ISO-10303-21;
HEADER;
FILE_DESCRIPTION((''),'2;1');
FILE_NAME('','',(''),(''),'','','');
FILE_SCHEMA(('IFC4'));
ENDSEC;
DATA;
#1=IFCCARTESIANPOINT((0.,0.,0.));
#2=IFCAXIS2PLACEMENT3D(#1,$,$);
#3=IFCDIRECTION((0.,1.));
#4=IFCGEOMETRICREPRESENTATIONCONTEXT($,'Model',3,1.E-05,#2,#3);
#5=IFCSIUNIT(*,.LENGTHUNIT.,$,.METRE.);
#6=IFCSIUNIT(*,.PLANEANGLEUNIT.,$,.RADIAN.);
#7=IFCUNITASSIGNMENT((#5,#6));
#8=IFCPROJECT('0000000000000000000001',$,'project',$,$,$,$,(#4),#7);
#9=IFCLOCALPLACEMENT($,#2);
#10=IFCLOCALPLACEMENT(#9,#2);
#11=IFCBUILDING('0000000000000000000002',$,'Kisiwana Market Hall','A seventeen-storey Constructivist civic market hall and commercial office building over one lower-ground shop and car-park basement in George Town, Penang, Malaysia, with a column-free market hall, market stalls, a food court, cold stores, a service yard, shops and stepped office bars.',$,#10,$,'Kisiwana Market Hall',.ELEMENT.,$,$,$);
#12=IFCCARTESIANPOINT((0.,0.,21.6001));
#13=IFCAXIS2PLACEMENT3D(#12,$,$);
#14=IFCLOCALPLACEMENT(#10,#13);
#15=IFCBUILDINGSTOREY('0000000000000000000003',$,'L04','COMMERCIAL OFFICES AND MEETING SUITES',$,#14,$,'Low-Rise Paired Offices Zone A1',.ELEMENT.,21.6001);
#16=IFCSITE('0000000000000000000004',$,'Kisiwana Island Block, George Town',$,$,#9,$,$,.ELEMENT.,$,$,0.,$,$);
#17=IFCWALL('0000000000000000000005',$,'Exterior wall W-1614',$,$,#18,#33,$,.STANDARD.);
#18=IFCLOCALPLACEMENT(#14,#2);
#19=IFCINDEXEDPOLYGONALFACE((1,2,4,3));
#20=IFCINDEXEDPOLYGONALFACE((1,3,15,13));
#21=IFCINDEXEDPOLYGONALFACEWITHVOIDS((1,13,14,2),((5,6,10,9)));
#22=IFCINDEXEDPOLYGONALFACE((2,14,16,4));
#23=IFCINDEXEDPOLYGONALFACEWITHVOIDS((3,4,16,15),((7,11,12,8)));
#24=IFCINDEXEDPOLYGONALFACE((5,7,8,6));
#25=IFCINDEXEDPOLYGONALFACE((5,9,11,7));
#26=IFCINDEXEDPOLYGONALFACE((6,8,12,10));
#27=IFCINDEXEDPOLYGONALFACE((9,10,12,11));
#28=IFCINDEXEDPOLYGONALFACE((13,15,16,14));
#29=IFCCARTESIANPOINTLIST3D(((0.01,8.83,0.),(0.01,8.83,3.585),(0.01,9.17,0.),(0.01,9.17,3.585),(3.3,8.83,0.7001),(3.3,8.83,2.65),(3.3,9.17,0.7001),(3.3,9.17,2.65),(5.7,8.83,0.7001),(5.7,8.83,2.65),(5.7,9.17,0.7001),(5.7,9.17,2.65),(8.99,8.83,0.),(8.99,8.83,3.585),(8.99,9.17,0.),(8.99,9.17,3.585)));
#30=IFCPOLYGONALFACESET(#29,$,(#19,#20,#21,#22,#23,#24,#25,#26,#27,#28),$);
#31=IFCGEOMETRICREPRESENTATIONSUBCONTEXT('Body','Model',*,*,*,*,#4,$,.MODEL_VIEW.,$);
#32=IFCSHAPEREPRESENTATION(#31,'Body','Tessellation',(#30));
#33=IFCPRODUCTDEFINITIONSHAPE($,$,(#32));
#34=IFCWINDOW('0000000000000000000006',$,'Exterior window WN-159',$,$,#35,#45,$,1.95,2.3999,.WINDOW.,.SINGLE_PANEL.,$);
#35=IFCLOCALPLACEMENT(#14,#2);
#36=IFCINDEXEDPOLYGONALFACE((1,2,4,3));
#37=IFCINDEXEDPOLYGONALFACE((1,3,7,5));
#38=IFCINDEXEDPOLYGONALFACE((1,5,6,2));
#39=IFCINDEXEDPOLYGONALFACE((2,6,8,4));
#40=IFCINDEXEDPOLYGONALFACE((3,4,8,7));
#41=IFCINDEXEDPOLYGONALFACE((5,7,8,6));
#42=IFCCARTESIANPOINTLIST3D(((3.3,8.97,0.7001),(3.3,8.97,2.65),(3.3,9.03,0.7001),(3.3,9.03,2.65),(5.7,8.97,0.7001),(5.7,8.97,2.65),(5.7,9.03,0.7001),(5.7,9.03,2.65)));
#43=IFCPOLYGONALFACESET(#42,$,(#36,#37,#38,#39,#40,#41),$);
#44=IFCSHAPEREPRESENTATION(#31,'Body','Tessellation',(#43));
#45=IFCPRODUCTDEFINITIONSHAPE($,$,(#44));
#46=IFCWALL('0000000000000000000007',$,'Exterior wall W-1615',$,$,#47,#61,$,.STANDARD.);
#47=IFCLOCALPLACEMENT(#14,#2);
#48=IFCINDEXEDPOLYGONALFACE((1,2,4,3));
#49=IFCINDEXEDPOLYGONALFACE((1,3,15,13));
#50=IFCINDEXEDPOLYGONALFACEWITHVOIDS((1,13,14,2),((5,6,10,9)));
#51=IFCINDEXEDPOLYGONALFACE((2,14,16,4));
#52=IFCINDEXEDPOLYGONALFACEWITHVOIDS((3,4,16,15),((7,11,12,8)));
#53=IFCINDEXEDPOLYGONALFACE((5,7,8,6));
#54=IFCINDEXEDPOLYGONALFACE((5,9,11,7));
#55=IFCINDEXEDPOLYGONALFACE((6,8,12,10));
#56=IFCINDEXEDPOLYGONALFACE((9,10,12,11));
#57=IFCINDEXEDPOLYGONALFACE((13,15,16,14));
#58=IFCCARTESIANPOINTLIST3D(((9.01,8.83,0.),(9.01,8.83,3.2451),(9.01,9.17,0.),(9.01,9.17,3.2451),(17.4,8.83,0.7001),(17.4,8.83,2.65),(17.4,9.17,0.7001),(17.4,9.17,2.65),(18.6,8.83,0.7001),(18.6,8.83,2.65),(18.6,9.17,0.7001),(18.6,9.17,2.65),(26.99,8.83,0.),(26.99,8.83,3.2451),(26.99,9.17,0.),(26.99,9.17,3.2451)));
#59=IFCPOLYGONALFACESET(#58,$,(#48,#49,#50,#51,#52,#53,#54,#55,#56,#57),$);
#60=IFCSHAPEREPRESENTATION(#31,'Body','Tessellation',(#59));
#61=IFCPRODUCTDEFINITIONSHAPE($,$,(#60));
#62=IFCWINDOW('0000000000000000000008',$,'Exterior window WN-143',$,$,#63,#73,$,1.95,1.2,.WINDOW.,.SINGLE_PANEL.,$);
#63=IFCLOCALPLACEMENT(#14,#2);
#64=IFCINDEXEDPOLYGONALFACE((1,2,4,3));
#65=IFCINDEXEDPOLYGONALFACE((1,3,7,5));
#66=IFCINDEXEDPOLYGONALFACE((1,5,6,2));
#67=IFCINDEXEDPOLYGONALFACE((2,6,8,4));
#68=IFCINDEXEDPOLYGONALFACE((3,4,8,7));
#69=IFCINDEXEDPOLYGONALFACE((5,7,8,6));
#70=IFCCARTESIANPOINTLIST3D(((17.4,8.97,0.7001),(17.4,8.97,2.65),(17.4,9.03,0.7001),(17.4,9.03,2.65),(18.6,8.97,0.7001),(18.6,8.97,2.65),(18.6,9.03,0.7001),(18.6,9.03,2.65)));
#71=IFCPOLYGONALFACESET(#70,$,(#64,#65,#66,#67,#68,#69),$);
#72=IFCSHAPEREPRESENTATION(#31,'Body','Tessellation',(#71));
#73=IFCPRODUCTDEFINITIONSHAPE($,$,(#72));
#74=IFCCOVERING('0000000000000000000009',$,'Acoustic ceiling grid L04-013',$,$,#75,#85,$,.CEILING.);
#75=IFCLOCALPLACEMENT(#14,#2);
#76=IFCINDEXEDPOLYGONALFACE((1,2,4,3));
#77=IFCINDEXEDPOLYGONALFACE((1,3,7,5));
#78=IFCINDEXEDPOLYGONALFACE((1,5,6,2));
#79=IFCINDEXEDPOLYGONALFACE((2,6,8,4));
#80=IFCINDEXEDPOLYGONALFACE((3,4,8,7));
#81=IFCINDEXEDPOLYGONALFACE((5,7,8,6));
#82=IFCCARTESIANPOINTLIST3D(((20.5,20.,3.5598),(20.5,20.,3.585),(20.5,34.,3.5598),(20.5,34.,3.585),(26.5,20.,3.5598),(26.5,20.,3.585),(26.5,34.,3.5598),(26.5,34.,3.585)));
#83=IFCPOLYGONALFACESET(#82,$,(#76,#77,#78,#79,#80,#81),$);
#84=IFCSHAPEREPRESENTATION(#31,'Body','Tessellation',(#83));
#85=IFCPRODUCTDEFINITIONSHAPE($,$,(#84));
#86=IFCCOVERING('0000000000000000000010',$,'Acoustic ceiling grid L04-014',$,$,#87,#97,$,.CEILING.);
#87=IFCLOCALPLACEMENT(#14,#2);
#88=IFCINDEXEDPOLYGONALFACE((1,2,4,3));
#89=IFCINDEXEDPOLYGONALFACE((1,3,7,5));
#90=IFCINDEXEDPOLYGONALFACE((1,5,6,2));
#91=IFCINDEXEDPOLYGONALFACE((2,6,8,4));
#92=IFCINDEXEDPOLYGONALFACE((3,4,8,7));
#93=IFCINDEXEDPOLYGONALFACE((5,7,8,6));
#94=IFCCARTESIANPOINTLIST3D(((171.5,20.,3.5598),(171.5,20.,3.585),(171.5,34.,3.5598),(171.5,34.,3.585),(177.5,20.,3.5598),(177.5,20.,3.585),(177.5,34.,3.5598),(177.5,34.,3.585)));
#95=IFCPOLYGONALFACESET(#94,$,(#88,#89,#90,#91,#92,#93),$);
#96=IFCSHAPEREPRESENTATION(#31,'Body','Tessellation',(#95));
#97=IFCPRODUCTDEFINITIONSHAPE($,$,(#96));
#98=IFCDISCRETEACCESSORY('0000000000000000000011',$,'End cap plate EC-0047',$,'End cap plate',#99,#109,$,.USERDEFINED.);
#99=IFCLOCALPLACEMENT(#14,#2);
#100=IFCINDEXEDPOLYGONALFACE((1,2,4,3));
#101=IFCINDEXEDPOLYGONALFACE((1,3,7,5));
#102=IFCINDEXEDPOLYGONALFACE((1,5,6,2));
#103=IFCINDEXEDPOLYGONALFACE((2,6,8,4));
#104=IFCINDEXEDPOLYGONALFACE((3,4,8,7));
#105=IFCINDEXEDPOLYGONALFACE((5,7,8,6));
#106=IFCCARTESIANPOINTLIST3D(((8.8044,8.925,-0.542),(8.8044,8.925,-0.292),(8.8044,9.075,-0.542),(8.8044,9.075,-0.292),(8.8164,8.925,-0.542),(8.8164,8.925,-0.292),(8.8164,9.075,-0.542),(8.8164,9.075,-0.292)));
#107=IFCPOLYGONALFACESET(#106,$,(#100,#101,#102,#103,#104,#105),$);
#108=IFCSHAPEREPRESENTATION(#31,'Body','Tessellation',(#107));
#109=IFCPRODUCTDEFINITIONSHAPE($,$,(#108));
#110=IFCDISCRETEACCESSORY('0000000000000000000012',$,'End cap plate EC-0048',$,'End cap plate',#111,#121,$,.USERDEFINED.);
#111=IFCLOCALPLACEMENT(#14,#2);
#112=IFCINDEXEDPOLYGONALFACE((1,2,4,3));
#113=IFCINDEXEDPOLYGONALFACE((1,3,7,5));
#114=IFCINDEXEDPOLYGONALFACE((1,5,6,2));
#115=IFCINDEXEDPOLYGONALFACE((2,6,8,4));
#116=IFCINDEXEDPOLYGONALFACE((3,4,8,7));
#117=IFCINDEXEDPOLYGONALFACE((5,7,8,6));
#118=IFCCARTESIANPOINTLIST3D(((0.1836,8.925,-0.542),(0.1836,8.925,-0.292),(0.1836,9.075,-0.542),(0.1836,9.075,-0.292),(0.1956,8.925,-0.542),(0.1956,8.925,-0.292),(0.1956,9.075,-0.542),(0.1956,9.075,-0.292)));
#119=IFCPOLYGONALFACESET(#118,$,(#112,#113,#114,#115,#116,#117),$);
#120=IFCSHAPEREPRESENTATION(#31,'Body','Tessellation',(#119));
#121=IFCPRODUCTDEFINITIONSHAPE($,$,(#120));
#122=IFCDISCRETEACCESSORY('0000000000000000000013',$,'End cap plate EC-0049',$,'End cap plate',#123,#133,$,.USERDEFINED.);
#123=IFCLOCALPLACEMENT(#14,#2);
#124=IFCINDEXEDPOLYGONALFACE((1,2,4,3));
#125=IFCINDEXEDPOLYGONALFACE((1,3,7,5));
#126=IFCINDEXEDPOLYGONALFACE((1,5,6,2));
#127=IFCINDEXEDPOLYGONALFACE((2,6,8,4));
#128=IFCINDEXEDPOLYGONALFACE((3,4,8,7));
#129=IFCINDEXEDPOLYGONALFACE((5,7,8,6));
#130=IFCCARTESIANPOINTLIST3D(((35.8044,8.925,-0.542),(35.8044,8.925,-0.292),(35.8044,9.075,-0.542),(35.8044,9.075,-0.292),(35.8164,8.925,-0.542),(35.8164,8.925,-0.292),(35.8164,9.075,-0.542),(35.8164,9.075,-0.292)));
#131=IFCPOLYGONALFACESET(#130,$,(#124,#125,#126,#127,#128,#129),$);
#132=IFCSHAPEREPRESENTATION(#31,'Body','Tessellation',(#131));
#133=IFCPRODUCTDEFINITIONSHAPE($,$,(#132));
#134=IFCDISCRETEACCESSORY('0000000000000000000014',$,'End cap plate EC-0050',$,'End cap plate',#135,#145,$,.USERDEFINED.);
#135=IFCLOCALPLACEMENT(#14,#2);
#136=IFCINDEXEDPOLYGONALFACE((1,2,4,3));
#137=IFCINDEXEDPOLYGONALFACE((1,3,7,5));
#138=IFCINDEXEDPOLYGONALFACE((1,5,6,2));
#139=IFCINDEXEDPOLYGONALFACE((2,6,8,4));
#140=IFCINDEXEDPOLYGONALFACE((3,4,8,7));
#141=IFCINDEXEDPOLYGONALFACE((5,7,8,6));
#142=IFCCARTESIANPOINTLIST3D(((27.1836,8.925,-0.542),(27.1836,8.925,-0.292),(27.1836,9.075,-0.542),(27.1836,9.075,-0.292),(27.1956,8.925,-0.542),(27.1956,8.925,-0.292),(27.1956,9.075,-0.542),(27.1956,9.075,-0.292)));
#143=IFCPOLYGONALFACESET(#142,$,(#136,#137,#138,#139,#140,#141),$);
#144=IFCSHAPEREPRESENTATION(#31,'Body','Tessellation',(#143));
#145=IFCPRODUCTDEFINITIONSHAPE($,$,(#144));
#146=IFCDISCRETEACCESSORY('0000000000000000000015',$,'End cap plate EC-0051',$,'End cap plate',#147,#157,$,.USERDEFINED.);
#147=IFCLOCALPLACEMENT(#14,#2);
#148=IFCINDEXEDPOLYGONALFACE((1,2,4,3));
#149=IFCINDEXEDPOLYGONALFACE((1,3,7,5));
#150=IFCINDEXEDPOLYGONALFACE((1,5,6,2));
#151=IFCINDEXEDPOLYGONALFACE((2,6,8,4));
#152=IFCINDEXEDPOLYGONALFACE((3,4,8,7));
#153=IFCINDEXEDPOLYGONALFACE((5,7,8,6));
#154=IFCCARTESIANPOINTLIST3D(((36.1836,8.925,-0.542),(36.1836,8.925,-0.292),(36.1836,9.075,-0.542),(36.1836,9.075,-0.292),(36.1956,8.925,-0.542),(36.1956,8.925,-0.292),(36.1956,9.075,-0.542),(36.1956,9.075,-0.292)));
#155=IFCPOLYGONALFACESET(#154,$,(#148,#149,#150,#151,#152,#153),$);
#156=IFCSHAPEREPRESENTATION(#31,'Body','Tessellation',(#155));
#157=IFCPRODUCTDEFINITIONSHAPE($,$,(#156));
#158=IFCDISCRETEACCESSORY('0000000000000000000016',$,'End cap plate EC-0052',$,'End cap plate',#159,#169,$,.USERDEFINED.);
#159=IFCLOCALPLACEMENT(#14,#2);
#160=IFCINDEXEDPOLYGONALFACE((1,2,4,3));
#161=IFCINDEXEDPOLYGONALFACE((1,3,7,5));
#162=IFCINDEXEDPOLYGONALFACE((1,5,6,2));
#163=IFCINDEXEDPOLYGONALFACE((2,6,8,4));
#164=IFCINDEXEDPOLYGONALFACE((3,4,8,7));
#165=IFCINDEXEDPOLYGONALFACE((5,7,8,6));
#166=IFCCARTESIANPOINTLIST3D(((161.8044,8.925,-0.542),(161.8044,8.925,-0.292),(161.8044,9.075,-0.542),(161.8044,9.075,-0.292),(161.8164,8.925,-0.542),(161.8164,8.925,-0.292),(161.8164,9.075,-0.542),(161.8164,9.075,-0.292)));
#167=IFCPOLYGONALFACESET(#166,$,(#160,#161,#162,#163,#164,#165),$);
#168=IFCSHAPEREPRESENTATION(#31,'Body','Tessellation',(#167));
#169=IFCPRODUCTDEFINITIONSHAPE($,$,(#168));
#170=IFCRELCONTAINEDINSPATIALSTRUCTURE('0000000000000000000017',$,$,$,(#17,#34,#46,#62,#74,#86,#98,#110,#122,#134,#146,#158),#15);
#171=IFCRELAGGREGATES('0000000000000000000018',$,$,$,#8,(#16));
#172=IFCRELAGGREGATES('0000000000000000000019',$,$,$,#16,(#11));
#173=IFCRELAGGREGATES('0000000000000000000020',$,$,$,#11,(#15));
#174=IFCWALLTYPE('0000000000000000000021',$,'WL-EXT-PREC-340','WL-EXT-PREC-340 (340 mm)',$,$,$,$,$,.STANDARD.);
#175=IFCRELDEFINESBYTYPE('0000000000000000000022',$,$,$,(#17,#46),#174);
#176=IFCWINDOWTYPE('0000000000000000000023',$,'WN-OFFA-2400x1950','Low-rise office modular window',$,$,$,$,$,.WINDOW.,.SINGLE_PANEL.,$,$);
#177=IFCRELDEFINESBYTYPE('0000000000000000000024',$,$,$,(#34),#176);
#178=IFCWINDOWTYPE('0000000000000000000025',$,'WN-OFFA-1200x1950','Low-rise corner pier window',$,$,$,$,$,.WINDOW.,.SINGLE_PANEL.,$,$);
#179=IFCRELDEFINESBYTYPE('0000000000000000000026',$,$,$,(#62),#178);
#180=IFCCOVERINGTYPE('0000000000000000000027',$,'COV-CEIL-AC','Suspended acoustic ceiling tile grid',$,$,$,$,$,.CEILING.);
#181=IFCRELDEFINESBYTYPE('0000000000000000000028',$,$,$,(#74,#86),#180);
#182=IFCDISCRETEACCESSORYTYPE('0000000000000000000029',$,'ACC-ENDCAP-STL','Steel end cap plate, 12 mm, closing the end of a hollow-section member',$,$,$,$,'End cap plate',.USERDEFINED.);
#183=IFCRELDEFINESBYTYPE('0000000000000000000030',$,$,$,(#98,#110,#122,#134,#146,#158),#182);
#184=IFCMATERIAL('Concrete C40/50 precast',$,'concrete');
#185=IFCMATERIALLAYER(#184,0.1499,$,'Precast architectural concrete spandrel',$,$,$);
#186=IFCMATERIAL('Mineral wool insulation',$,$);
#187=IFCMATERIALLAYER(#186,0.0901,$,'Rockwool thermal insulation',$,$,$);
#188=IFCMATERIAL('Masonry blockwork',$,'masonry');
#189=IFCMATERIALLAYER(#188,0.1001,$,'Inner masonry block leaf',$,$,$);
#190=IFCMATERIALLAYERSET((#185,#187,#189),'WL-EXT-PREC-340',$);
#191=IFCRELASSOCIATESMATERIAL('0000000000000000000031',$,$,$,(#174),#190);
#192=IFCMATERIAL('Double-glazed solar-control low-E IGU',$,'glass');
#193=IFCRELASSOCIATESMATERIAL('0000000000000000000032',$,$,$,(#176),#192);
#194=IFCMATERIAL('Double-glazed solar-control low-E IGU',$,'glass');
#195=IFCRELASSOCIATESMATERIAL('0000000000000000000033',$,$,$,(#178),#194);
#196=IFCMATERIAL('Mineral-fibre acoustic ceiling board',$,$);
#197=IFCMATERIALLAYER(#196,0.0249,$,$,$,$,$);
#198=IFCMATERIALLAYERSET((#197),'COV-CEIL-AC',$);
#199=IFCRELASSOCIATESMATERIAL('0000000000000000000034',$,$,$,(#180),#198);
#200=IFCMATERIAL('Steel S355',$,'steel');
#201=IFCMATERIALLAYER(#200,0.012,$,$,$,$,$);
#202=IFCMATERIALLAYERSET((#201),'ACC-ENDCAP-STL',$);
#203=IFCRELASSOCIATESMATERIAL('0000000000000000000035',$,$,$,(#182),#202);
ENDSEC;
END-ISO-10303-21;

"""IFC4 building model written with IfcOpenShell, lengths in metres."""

from ifc_helpers import new_model, si_unit, direction, frame, frame_2d, origin, place, context, subcontext, project, spatial, polyline, rectangle, outline, extrude, material, layer, layer_set, type_object, element, fill, save


model = new_model("IFC4")

# Units and contexts
model_context = context("Model", 3, precision=1e-05, world=origin(), true_north=direction((0.0, 1.0)))
body_context = subcontext(model_context, "Body", "Model", "MODEL_VIEW")
ifc_project = project(units=[si_unit("LENGTHUNIT", "METRE"), si_unit("PLANEANGLEUNIT", "RADIAN")], contexts=[model_context])

# Site, building, storey
site_placement = place(None, origin())
site = spatial("IfcSite", under=ifc_project, at=site_placement, Name="Kisiwana Island Block, George Town", CompositionType="ELEMENT", RefElevation=0.0)
building_placement = place(site_placement, origin())
building = spatial("IfcBuilding", under=site, at=building_placement, Name="Kisiwana Market Hall", Description="A seventeen-storey Constructivist civic market hall and commercial office building over one lower-ground shop and car-park basement in George Town, Penang, Malaysia, with a column-free market hall, market stalls, a food court, cold stores, a service yard, shops and stepped office bars.", LongName="Kisiwana Market Hall", CompositionType="ELEMENT")
storey_placement = place(building_placement, frame((0.0, 0.0, 21.6001)))
storey = spatial("IfcBuildingStorey", under=building, at=storey_placement, Name="L04", Description="COMMERCIAL OFFICES AND MEETING SUITES", LongName="Low-Rise Paired Offices Zone A1", CompositionType="ELEMENT", Elevation=21.6001)

# Walls, openings, windows
ifc_material_1 = material(Name="Concrete C40/50 precast", Category="concrete")
ifc_layer_1 = layer(ifc_material_1, 0.1499, Name="Precast architectural concrete spandrel")
ifc_material_2 = material(Name="Mineral wool insulation")
ifc_layer_2 = layer(ifc_material_2, 0.0901, Name="Rockwool thermal insulation")
ifc_material_3 = material(Name="Masonry blockwork", Category="masonry")
ifc_layer_3 = layer(ifc_material_3, 0.1001, Name="Inner masonry block leaf")
ifc_layer_set_1 = layer_set([ifc_layer_1, ifc_layer_2, ifc_layer_3], Name="WL-EXT-PREC-340")
wall_type = type_object("IfcWallType", Name="WL-EXT-PREC-340", Description="WL-EXT-PREC-340 (340 mm)", PredefinedType="STANDARD", material=ifc_layer_set_1)
wall_1_placement = place(storey_placement, frame((0.01, 9.0, 0.0), z_axis=(0.0, 0.0, 1.0), x_axis=(1.0, 0.0, 0.0)))
wall_1 = element("IfcWall", 1, at=wall_1_placement, inside=storey, type_object=wall_type, Name="Exterior wall W-1614", PredefinedType="STANDARD", context=body_context, shape_type="SweptSolid", body=[
    extrude(rectangle(XDim=8.98, YDim=0.3401, at=frame_2d((4.49, 0.0))), origin(), (0.0, 0.0, 1.0), 3.585),
])
opening_1_placement = place(wall_1_placement, frame((3.29, 0.0, 0.7)))
opening_1 = element("IfcOpeningElement", 2, at=opening_1_placement, cuts=wall_1, PredefinedType="OPENING", context=body_context, shape_type="SweptSolid", body=[
    extrude(rectangle(XDim=2.3999, YDim=1.95, at=frame_2d((1.2, 0.9751))), frame((0.0, 0.1821, 0.0), z_axis=(0.0, -1.0, 0.0), x_axis=(1.0, 0.0, 0.0)), (0.0, 0.0, 1.0), 0.364),
])
ifc_material_4 = material(Name="Double-glazed solar-control low-E IGU", Category="glass")
window_type_1 = type_object("IfcWindowType", Name="WN-OFFA-2400x1950", Description="Low-rise office modular window", PartitioningType="SINGLE_PANEL", PredefinedType="WINDOW", material=ifc_material_4)
window_1_placement = place(opening_1_placement, origin())
window_1 = element("IfcWindow", 3, at=window_1_placement, inside=storey, type_object=window_type_1, Name="Exterior window WN-159", OverallHeight=1.95, OverallWidth=2.3999, PartitioningType="SINGLE_PANEL", PredefinedType="WINDOW", context=body_context, shape_type="SweptSolid", body=[
    extrude(rectangle(XDim=2.3999, YDim=1.95, at=frame_2d((1.2, 0.9751))), frame((0.0, 0.03, 0.0), z_axis=(0.0, -1.0, 0.0), x_axis=(1.0, 0.0, 0.0)), (0.0, 0.0, 1.0), 0.0601),
])
fill(opening_1, window_1)
wall_2_placement = place(storey_placement, frame((9.01, 9.0, 0.0), z_axis=(0.0, 0.0, 1.0), x_axis=(1.0, 0.0, 0.0)))
wall_2 = element("IfcWall", 4, at=wall_2_placement, inside=storey, type_object=wall_type, Name="Exterior wall W-1615", PredefinedType="STANDARD", context=body_context, shape_type="SweptSolid", body=[
    extrude(rectangle(XDim=17.98, YDim=0.3401, at=frame_2d((8.99, 0.0))), origin(), (0.0, 0.0, 1.0), 3.2451),
])
opening_2_placement = place(wall_2_placement, frame((8.3899, 0.0, 0.7)))
opening_2 = element("IfcOpeningElement", 5, at=opening_2_placement, cuts=wall_2, PredefinedType="OPENING", context=body_context, shape_type="SweptSolid", body=[
    extrude(rectangle(XDim=1.2, YDim=1.95, at=frame_2d((0.6001, 0.9751))), frame((0.0, 0.1821, 0.0), z_axis=(0.0, -1.0, 0.0), x_axis=(1.0, 0.0, 0.0)), (0.0, 0.0, 1.0), 0.364),
])
ifc_material_5 = material(Name="Double-glazed solar-control low-E IGU", Category="glass")
window_type_2 = type_object("IfcWindowType", Name="WN-OFFA-1200x1950", Description="Low-rise corner pier window", PartitioningType="SINGLE_PANEL", PredefinedType="WINDOW", material=ifc_material_5)
window_2_placement = place(opening_2_placement, origin())
window_2 = element("IfcWindow", 6, at=window_2_placement, inside=storey, type_object=window_type_2, Name="Exterior window WN-143", OverallHeight=1.95, OverallWidth=1.2, PartitioningType="SINGLE_PANEL", PredefinedType="WINDOW", context=body_context, shape_type="SweptSolid", body=[
    extrude(rectangle(XDim=1.2, YDim=1.95, at=frame_2d((0.6001, 0.9751))), frame((0.0, 0.03, 0.0), z_axis=(0.0, -1.0, 0.0), x_axis=(1.0, 0.0, 0.0)), (0.0, 0.0, 1.0), 0.0601),
])
fill(opening_2, window_2)

# Coverings
ifc_material_6 = material(Name="Mineral-fibre acoustic ceiling board")
ifc_layer_4 = layer(ifc_material_6, 0.0249)
ifc_layer_set_2 = layer_set([ifc_layer_4], Name="COV-CEIL-AC")
covering_type = type_object("IfcCoveringType", Name="COV-CEIL-AC", Description="Suspended acoustic ceiling tile grid", PredefinedType="CEILING", material=ifc_layer_set_2)
covering_1_placement = place(storey_placement, frame((0.0, 0.0, 3.5598)))
element("IfcCovering", 7, at=covering_1_placement, inside=storey, type_object=covering_type, Name="Acoustic ceiling grid L04-013", PredefinedType="CEILING", context=body_context, shape_type="SweptSolid", body=[
    extrude(outline(polyline([(20.5, 20.0), (26.5, 20.0), (26.5, 34.0), (20.5, 34.0), (20.5, 20.0)])), origin(), (0.0, 0.0, 1.0), 0.0251),
])
covering_2_placement = place(storey_placement, frame((0.0, 0.0, 3.5598)))
element("IfcCovering", 8, at=covering_2_placement, inside=storey, type_object=covering_type, Name="Acoustic ceiling grid L04-014", PredefinedType="CEILING", context=body_context, shape_type="SweptSolid", body=[
    extrude(outline(polyline([(171.5, 20.0), (177.5, 20.0), (177.5, 34.0), (171.5, 34.0), (171.5, 20.0)])), origin(), (0.0, 0.0, 1.0), 0.0251),
])

# Discrete accessories
ifc_material_7 = material(Name="Steel S355", Category="steel")
ifc_layer_5 = layer(ifc_material_7, 0.012)
ifc_layer_set_3 = layer_set([ifc_layer_5], Name="ACC-ENDCAP-STL")
discrete_accessory_type = type_object("IfcDiscreteAccessoryType", Name="ACC-ENDCAP-STL", Description="Steel end cap plate, 12 mm, closing the end of a hollow-section member", ElementType="End cap plate", PredefinedType="USERDEFINED", material=ifc_layer_set_3)
discrete_accessory_1_placement = place(storey_placement, frame((0.0, 0.0, -0.542)))
element("IfcDiscreteAccessory", 9, at=discrete_accessory_1_placement, inside=storey, type_object=discrete_accessory_type, Name="End cap plate EC-0047", ObjectType="End cap plate", PredefinedType="USERDEFINED", context=body_context, shape_type="SweptSolid", body=[
    extrude(outline(polyline([(8.8044, 8.925), (8.8164, 8.925), (8.8164, 9.075), (8.8044, 9.075), (8.8044, 8.925)])), origin(), (0.0, 0.0, 1.0), 0.25),
])
discrete_accessory_2_placement = place(storey_placement, frame((0.0, 0.0, -0.542)))
element("IfcDiscreteAccessory", 10, at=discrete_accessory_2_placement, inside=storey, type_object=discrete_accessory_type, Name="End cap plate EC-0048", ObjectType="End cap plate", PredefinedType="USERDEFINED", context=body_context, shape_type="SweptSolid", body=[
    extrude(outline(polyline([(0.1956, 8.925), (0.1956, 9.075), (0.1836, 9.075), (0.1836, 8.925), (0.1956, 8.925)])), origin(), (0.0, 0.0, 1.0), 0.25),
])
discrete_accessory_3_placement = place(storey_placement, frame((0.0, 0.0, -0.542)))
element("IfcDiscreteAccessory", 11, at=discrete_accessory_3_placement, inside=storey, type_object=discrete_accessory_type, Name="End cap plate EC-0049", ObjectType="End cap plate", PredefinedType="USERDEFINED", context=body_context, shape_type="SweptSolid", body=[
    extrude(outline(polyline([(35.8044, 8.925), (35.8164, 8.925), (35.8164, 9.075), (35.8044, 9.075), (35.8044, 8.925)])), origin(), (0.0, 0.0, 1.0), 0.25),
])
discrete_accessory_4_placement = place(storey_placement, frame((0.0, 0.0, -0.542)))
element("IfcDiscreteAccessory", 12, at=discrete_accessory_4_placement, inside=storey, type_object=discrete_accessory_type, Name="End cap plate EC-0050", ObjectType="End cap plate", PredefinedType="USERDEFINED", context=body_context, shape_type="SweptSolid", body=[
    extrude(outline(polyline([(27.1956, 8.925), (27.1956, 9.075), (27.1836, 9.075), (27.1836, 8.925), (27.1956, 8.925)])), origin(), (0.0, 0.0, 1.0), 0.25),
])
discrete_accessory_5_placement = place(storey_placement, frame((0.0, 0.0, -0.542)))
element("IfcDiscreteAccessory", 13, at=discrete_accessory_5_placement, inside=storey, type_object=discrete_accessory_type, Name="End cap plate EC-0051", ObjectType="End cap plate", PredefinedType="USERDEFINED", context=body_context, shape_type="SweptSolid", body=[
    extrude(outline(polyline([(36.1956, 8.925), (36.1956, 9.075), (36.1836, 9.075), (36.1836, 8.925), (36.1956, 8.925)])), origin(), (0.0, 0.0, 1.0), 0.25),
])
discrete_accessory_6_placement = place(storey_placement, frame((0.0, 0.0, -0.542)))
element("IfcDiscreteAccessory", 14, at=discrete_accessory_6_placement, inside=storey, type_object=discrete_accessory_type, Name="End cap plate EC-0052", ObjectType="End cap plate", PredefinedType="USERDEFINED", context=body_context, shape_type="SweptSolid", body=[
    extrude(outline(polyline([(161.8044, 8.925), (161.8164, 8.925), (161.8164, 9.075), (161.8044, 9.075), (161.8044, 8.925)])), origin(), (0.0, 0.0, 1.0), 0.25),
])

save(model, "model.ifc")
